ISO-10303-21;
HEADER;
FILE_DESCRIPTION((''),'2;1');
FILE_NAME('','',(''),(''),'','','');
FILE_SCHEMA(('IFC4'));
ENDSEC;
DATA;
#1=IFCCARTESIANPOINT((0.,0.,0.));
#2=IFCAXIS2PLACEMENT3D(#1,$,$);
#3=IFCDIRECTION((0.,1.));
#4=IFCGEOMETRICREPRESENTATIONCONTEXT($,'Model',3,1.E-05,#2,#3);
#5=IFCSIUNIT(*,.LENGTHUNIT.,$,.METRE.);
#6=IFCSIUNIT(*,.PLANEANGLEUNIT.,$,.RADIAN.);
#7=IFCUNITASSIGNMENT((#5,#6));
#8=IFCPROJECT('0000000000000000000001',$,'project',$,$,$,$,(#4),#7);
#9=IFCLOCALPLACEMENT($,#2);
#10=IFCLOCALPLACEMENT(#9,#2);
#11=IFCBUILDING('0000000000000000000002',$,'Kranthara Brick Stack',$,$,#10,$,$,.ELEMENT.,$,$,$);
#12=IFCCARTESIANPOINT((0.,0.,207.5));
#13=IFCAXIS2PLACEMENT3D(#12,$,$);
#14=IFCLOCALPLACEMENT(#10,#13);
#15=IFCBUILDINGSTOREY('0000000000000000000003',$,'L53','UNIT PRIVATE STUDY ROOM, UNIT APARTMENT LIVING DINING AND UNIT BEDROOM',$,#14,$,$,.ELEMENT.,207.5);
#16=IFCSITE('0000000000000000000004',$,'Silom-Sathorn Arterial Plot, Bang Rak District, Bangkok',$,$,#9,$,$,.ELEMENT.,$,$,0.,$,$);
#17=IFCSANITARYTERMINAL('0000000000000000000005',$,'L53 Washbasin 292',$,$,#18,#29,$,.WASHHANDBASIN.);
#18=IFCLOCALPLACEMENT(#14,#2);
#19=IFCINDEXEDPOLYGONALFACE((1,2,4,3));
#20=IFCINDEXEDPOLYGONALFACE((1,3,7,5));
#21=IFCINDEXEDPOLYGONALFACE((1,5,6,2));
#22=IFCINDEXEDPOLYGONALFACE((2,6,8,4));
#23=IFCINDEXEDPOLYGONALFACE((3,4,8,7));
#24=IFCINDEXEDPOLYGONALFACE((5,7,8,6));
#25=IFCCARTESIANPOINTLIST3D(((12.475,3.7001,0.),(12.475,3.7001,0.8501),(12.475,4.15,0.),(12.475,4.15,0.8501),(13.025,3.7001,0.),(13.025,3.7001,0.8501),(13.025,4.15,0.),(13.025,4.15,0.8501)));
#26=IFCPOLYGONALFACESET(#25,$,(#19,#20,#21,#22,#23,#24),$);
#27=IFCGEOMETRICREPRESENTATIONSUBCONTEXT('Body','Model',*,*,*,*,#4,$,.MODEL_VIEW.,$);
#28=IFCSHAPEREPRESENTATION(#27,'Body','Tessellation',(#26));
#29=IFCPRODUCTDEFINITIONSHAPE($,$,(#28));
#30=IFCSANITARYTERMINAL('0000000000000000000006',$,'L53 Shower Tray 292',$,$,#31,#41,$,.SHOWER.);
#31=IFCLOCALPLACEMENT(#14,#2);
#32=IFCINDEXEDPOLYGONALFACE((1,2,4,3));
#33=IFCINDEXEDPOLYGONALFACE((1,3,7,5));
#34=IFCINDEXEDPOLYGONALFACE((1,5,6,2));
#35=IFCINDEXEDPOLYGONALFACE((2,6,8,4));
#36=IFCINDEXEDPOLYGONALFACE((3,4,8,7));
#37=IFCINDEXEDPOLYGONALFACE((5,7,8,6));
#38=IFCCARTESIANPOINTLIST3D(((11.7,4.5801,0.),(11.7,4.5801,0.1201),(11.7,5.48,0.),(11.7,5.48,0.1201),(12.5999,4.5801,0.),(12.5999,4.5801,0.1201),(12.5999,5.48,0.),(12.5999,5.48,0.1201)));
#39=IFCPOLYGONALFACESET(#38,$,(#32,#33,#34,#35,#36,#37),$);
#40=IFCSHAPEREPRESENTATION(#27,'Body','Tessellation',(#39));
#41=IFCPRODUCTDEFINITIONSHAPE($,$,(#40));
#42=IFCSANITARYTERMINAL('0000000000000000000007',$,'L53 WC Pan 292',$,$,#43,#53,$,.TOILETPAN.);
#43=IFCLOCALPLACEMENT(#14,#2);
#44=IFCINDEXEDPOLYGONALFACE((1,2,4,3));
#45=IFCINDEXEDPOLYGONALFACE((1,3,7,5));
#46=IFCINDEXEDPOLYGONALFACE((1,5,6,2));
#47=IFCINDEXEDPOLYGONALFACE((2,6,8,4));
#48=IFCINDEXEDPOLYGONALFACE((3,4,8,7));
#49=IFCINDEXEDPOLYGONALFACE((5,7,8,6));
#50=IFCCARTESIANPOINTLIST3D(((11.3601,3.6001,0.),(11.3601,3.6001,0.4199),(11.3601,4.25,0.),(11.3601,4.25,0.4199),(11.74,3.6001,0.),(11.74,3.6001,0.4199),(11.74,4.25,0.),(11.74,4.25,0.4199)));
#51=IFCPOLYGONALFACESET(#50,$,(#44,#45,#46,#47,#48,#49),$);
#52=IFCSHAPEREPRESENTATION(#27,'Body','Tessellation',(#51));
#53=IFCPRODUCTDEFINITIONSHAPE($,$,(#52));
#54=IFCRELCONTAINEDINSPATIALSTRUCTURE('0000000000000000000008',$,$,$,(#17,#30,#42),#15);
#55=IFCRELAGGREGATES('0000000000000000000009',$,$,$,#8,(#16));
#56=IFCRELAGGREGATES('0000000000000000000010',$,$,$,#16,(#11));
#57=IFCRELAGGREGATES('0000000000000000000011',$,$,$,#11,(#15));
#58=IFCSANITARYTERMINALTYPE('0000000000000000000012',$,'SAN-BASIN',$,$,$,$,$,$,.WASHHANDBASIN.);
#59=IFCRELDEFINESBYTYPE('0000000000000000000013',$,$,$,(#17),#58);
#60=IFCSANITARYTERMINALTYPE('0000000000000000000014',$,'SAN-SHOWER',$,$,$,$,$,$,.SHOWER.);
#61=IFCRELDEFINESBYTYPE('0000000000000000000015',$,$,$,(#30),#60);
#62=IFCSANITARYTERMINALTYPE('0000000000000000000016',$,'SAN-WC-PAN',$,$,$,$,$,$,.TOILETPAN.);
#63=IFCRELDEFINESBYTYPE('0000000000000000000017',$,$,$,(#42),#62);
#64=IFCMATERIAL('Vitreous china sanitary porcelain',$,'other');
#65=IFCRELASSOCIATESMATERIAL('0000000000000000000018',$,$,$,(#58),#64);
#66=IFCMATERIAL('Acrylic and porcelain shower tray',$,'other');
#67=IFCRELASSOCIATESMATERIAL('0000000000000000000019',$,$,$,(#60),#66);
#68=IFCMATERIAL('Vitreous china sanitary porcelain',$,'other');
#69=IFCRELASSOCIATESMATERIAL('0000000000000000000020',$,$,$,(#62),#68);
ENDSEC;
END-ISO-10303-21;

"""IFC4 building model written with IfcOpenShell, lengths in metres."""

from ifc_helpers import new_model, si_unit, direction, frame, origin, origin_2d, place, context, subcontext, project, spatial, rectangle, extrude, material, type_object, element, save


model = new_model("IFC4")

# Units and contexts
model_context = context("Model", 3, precision=1e-05, world=origin(), true_north=direction((0.0, 1.0)))
body_context = subcontext(model_context, "Body", "Model", "MODEL_VIEW")
ifc_project = project(units=[si_unit("LENGTHUNIT", "METRE"), si_unit("PLANEANGLEUNIT", "RADIAN")], contexts=[model_context])

# Site, building, storey
site_placement = place(None, origin())
site = spatial("IfcSite", under=ifc_project, at=site_placement, Name="Silom-Sathorn Arterial Plot, Bang Rak District, Bangkok", CompositionType="ELEMENT", RefElevation=0.0)
building_placement = place(site_placement, origin())
building = spatial("IfcBuilding", under=site, at=building_placement, Name="Kranthara Brick Stack", CompositionType="ELEMENT")
storey_placement = place(building_placement, frame((0.0, 0.0, 207.5)))
storey = spatial("IfcBuildingStorey", under=building, at=storey_placement, Name="L53", Description="UNIT PRIVATE STUDY ROOM, UNIT APARTMENT LIVING DINING AND UNIT BEDROOM", CompositionType="ELEMENT", Elevation=207.5)

# Sanitary terminals
ifc_material_1 = material(Name="Vitreous china sanitary porcelain", Category="other")
sanitary_terminal_type_1 = type_object("IfcSanitaryTerminalType", Name="SAN-BASIN", PredefinedType="WASHHANDBASIN", material=ifc_material_1)
sanitary_terminal_1_placement = place(storey_placement, frame((12.75, 3.925, 0.0), z_axis=(0.0, 0.0, 1.0), x_axis=(1.0, 0.0, 0.0)))
element("IfcSanitaryTerminal", 1, at=sanitary_terminal_1_placement, inside=storey, type_object=sanitary_terminal_type_1, Name="L53 Washbasin 292", PredefinedType="WASHHANDBASIN", context=body_context, shape_type="SweptSolid", body=[
    extrude(rectangle(XDim=0.55, YDim=0.45, at=origin_2d()), origin(), (0.0, 0.0, 1.0), 0.8501),
])
ifc_material_2 = material(Name="Acrylic and porcelain shower tray", Category="other")
sanitary_terminal_type_2 = type_object("IfcSanitaryTerminalType", Name="SAN-SHOWER", PredefinedType="SHOWER", material=ifc_material_2)
sanitary_terminal_2_placement = place(storey_placement, frame((12.1499, 5.03, 0.0), z_axis=(0.0, 0.0, 1.0), x_axis=(1.0, 0.0, 0.0)))
element("IfcSanitaryTerminal", 2, at=sanitary_terminal_2_placement, inside=storey, type_object=sanitary_terminal_type_2, Name="L53 Shower Tray 292", PredefinedType="SHOWER", context=body_context, shape_type="SweptSolid", body=[
    extrude(rectangle(XDim=0.8999, YDim=0.8999, at=origin_2d()), origin(), (0.0, 0.0, 1.0), 0.1201),
])
ifc_material_3 = material(Name="Vitreous china sanitary porcelain", Category="other")
sanitary_terminal_type_3 = type_object("IfcSanitaryTerminalType", Name="SAN-WC-PAN", PredefinedType="TOILETPAN", material=ifc_material_3)
sanitary_terminal_3_placement = place(storey_placement, frame((11.55, 3.925, 0.0), z_axis=(0.0, 0.0, 1.0), x_axis=(1.0, 0.0, 0.0)))
element("IfcSanitaryTerminal", 3, at=sanitary_terminal_3_placement, inside=storey, type_object=sanitary_terminal_type_3, Name="L53 WC Pan 292", PredefinedType="TOILETPAN", context=body_context, shape_type="SweptSolid", body=[
    extrude(rectangle(XDim=0.3799, YDim=0.6499, at=origin_2d()), origin(), (0.0, 0.0, 1.0), 0.4199),
])

save(model, "model.ifc")
